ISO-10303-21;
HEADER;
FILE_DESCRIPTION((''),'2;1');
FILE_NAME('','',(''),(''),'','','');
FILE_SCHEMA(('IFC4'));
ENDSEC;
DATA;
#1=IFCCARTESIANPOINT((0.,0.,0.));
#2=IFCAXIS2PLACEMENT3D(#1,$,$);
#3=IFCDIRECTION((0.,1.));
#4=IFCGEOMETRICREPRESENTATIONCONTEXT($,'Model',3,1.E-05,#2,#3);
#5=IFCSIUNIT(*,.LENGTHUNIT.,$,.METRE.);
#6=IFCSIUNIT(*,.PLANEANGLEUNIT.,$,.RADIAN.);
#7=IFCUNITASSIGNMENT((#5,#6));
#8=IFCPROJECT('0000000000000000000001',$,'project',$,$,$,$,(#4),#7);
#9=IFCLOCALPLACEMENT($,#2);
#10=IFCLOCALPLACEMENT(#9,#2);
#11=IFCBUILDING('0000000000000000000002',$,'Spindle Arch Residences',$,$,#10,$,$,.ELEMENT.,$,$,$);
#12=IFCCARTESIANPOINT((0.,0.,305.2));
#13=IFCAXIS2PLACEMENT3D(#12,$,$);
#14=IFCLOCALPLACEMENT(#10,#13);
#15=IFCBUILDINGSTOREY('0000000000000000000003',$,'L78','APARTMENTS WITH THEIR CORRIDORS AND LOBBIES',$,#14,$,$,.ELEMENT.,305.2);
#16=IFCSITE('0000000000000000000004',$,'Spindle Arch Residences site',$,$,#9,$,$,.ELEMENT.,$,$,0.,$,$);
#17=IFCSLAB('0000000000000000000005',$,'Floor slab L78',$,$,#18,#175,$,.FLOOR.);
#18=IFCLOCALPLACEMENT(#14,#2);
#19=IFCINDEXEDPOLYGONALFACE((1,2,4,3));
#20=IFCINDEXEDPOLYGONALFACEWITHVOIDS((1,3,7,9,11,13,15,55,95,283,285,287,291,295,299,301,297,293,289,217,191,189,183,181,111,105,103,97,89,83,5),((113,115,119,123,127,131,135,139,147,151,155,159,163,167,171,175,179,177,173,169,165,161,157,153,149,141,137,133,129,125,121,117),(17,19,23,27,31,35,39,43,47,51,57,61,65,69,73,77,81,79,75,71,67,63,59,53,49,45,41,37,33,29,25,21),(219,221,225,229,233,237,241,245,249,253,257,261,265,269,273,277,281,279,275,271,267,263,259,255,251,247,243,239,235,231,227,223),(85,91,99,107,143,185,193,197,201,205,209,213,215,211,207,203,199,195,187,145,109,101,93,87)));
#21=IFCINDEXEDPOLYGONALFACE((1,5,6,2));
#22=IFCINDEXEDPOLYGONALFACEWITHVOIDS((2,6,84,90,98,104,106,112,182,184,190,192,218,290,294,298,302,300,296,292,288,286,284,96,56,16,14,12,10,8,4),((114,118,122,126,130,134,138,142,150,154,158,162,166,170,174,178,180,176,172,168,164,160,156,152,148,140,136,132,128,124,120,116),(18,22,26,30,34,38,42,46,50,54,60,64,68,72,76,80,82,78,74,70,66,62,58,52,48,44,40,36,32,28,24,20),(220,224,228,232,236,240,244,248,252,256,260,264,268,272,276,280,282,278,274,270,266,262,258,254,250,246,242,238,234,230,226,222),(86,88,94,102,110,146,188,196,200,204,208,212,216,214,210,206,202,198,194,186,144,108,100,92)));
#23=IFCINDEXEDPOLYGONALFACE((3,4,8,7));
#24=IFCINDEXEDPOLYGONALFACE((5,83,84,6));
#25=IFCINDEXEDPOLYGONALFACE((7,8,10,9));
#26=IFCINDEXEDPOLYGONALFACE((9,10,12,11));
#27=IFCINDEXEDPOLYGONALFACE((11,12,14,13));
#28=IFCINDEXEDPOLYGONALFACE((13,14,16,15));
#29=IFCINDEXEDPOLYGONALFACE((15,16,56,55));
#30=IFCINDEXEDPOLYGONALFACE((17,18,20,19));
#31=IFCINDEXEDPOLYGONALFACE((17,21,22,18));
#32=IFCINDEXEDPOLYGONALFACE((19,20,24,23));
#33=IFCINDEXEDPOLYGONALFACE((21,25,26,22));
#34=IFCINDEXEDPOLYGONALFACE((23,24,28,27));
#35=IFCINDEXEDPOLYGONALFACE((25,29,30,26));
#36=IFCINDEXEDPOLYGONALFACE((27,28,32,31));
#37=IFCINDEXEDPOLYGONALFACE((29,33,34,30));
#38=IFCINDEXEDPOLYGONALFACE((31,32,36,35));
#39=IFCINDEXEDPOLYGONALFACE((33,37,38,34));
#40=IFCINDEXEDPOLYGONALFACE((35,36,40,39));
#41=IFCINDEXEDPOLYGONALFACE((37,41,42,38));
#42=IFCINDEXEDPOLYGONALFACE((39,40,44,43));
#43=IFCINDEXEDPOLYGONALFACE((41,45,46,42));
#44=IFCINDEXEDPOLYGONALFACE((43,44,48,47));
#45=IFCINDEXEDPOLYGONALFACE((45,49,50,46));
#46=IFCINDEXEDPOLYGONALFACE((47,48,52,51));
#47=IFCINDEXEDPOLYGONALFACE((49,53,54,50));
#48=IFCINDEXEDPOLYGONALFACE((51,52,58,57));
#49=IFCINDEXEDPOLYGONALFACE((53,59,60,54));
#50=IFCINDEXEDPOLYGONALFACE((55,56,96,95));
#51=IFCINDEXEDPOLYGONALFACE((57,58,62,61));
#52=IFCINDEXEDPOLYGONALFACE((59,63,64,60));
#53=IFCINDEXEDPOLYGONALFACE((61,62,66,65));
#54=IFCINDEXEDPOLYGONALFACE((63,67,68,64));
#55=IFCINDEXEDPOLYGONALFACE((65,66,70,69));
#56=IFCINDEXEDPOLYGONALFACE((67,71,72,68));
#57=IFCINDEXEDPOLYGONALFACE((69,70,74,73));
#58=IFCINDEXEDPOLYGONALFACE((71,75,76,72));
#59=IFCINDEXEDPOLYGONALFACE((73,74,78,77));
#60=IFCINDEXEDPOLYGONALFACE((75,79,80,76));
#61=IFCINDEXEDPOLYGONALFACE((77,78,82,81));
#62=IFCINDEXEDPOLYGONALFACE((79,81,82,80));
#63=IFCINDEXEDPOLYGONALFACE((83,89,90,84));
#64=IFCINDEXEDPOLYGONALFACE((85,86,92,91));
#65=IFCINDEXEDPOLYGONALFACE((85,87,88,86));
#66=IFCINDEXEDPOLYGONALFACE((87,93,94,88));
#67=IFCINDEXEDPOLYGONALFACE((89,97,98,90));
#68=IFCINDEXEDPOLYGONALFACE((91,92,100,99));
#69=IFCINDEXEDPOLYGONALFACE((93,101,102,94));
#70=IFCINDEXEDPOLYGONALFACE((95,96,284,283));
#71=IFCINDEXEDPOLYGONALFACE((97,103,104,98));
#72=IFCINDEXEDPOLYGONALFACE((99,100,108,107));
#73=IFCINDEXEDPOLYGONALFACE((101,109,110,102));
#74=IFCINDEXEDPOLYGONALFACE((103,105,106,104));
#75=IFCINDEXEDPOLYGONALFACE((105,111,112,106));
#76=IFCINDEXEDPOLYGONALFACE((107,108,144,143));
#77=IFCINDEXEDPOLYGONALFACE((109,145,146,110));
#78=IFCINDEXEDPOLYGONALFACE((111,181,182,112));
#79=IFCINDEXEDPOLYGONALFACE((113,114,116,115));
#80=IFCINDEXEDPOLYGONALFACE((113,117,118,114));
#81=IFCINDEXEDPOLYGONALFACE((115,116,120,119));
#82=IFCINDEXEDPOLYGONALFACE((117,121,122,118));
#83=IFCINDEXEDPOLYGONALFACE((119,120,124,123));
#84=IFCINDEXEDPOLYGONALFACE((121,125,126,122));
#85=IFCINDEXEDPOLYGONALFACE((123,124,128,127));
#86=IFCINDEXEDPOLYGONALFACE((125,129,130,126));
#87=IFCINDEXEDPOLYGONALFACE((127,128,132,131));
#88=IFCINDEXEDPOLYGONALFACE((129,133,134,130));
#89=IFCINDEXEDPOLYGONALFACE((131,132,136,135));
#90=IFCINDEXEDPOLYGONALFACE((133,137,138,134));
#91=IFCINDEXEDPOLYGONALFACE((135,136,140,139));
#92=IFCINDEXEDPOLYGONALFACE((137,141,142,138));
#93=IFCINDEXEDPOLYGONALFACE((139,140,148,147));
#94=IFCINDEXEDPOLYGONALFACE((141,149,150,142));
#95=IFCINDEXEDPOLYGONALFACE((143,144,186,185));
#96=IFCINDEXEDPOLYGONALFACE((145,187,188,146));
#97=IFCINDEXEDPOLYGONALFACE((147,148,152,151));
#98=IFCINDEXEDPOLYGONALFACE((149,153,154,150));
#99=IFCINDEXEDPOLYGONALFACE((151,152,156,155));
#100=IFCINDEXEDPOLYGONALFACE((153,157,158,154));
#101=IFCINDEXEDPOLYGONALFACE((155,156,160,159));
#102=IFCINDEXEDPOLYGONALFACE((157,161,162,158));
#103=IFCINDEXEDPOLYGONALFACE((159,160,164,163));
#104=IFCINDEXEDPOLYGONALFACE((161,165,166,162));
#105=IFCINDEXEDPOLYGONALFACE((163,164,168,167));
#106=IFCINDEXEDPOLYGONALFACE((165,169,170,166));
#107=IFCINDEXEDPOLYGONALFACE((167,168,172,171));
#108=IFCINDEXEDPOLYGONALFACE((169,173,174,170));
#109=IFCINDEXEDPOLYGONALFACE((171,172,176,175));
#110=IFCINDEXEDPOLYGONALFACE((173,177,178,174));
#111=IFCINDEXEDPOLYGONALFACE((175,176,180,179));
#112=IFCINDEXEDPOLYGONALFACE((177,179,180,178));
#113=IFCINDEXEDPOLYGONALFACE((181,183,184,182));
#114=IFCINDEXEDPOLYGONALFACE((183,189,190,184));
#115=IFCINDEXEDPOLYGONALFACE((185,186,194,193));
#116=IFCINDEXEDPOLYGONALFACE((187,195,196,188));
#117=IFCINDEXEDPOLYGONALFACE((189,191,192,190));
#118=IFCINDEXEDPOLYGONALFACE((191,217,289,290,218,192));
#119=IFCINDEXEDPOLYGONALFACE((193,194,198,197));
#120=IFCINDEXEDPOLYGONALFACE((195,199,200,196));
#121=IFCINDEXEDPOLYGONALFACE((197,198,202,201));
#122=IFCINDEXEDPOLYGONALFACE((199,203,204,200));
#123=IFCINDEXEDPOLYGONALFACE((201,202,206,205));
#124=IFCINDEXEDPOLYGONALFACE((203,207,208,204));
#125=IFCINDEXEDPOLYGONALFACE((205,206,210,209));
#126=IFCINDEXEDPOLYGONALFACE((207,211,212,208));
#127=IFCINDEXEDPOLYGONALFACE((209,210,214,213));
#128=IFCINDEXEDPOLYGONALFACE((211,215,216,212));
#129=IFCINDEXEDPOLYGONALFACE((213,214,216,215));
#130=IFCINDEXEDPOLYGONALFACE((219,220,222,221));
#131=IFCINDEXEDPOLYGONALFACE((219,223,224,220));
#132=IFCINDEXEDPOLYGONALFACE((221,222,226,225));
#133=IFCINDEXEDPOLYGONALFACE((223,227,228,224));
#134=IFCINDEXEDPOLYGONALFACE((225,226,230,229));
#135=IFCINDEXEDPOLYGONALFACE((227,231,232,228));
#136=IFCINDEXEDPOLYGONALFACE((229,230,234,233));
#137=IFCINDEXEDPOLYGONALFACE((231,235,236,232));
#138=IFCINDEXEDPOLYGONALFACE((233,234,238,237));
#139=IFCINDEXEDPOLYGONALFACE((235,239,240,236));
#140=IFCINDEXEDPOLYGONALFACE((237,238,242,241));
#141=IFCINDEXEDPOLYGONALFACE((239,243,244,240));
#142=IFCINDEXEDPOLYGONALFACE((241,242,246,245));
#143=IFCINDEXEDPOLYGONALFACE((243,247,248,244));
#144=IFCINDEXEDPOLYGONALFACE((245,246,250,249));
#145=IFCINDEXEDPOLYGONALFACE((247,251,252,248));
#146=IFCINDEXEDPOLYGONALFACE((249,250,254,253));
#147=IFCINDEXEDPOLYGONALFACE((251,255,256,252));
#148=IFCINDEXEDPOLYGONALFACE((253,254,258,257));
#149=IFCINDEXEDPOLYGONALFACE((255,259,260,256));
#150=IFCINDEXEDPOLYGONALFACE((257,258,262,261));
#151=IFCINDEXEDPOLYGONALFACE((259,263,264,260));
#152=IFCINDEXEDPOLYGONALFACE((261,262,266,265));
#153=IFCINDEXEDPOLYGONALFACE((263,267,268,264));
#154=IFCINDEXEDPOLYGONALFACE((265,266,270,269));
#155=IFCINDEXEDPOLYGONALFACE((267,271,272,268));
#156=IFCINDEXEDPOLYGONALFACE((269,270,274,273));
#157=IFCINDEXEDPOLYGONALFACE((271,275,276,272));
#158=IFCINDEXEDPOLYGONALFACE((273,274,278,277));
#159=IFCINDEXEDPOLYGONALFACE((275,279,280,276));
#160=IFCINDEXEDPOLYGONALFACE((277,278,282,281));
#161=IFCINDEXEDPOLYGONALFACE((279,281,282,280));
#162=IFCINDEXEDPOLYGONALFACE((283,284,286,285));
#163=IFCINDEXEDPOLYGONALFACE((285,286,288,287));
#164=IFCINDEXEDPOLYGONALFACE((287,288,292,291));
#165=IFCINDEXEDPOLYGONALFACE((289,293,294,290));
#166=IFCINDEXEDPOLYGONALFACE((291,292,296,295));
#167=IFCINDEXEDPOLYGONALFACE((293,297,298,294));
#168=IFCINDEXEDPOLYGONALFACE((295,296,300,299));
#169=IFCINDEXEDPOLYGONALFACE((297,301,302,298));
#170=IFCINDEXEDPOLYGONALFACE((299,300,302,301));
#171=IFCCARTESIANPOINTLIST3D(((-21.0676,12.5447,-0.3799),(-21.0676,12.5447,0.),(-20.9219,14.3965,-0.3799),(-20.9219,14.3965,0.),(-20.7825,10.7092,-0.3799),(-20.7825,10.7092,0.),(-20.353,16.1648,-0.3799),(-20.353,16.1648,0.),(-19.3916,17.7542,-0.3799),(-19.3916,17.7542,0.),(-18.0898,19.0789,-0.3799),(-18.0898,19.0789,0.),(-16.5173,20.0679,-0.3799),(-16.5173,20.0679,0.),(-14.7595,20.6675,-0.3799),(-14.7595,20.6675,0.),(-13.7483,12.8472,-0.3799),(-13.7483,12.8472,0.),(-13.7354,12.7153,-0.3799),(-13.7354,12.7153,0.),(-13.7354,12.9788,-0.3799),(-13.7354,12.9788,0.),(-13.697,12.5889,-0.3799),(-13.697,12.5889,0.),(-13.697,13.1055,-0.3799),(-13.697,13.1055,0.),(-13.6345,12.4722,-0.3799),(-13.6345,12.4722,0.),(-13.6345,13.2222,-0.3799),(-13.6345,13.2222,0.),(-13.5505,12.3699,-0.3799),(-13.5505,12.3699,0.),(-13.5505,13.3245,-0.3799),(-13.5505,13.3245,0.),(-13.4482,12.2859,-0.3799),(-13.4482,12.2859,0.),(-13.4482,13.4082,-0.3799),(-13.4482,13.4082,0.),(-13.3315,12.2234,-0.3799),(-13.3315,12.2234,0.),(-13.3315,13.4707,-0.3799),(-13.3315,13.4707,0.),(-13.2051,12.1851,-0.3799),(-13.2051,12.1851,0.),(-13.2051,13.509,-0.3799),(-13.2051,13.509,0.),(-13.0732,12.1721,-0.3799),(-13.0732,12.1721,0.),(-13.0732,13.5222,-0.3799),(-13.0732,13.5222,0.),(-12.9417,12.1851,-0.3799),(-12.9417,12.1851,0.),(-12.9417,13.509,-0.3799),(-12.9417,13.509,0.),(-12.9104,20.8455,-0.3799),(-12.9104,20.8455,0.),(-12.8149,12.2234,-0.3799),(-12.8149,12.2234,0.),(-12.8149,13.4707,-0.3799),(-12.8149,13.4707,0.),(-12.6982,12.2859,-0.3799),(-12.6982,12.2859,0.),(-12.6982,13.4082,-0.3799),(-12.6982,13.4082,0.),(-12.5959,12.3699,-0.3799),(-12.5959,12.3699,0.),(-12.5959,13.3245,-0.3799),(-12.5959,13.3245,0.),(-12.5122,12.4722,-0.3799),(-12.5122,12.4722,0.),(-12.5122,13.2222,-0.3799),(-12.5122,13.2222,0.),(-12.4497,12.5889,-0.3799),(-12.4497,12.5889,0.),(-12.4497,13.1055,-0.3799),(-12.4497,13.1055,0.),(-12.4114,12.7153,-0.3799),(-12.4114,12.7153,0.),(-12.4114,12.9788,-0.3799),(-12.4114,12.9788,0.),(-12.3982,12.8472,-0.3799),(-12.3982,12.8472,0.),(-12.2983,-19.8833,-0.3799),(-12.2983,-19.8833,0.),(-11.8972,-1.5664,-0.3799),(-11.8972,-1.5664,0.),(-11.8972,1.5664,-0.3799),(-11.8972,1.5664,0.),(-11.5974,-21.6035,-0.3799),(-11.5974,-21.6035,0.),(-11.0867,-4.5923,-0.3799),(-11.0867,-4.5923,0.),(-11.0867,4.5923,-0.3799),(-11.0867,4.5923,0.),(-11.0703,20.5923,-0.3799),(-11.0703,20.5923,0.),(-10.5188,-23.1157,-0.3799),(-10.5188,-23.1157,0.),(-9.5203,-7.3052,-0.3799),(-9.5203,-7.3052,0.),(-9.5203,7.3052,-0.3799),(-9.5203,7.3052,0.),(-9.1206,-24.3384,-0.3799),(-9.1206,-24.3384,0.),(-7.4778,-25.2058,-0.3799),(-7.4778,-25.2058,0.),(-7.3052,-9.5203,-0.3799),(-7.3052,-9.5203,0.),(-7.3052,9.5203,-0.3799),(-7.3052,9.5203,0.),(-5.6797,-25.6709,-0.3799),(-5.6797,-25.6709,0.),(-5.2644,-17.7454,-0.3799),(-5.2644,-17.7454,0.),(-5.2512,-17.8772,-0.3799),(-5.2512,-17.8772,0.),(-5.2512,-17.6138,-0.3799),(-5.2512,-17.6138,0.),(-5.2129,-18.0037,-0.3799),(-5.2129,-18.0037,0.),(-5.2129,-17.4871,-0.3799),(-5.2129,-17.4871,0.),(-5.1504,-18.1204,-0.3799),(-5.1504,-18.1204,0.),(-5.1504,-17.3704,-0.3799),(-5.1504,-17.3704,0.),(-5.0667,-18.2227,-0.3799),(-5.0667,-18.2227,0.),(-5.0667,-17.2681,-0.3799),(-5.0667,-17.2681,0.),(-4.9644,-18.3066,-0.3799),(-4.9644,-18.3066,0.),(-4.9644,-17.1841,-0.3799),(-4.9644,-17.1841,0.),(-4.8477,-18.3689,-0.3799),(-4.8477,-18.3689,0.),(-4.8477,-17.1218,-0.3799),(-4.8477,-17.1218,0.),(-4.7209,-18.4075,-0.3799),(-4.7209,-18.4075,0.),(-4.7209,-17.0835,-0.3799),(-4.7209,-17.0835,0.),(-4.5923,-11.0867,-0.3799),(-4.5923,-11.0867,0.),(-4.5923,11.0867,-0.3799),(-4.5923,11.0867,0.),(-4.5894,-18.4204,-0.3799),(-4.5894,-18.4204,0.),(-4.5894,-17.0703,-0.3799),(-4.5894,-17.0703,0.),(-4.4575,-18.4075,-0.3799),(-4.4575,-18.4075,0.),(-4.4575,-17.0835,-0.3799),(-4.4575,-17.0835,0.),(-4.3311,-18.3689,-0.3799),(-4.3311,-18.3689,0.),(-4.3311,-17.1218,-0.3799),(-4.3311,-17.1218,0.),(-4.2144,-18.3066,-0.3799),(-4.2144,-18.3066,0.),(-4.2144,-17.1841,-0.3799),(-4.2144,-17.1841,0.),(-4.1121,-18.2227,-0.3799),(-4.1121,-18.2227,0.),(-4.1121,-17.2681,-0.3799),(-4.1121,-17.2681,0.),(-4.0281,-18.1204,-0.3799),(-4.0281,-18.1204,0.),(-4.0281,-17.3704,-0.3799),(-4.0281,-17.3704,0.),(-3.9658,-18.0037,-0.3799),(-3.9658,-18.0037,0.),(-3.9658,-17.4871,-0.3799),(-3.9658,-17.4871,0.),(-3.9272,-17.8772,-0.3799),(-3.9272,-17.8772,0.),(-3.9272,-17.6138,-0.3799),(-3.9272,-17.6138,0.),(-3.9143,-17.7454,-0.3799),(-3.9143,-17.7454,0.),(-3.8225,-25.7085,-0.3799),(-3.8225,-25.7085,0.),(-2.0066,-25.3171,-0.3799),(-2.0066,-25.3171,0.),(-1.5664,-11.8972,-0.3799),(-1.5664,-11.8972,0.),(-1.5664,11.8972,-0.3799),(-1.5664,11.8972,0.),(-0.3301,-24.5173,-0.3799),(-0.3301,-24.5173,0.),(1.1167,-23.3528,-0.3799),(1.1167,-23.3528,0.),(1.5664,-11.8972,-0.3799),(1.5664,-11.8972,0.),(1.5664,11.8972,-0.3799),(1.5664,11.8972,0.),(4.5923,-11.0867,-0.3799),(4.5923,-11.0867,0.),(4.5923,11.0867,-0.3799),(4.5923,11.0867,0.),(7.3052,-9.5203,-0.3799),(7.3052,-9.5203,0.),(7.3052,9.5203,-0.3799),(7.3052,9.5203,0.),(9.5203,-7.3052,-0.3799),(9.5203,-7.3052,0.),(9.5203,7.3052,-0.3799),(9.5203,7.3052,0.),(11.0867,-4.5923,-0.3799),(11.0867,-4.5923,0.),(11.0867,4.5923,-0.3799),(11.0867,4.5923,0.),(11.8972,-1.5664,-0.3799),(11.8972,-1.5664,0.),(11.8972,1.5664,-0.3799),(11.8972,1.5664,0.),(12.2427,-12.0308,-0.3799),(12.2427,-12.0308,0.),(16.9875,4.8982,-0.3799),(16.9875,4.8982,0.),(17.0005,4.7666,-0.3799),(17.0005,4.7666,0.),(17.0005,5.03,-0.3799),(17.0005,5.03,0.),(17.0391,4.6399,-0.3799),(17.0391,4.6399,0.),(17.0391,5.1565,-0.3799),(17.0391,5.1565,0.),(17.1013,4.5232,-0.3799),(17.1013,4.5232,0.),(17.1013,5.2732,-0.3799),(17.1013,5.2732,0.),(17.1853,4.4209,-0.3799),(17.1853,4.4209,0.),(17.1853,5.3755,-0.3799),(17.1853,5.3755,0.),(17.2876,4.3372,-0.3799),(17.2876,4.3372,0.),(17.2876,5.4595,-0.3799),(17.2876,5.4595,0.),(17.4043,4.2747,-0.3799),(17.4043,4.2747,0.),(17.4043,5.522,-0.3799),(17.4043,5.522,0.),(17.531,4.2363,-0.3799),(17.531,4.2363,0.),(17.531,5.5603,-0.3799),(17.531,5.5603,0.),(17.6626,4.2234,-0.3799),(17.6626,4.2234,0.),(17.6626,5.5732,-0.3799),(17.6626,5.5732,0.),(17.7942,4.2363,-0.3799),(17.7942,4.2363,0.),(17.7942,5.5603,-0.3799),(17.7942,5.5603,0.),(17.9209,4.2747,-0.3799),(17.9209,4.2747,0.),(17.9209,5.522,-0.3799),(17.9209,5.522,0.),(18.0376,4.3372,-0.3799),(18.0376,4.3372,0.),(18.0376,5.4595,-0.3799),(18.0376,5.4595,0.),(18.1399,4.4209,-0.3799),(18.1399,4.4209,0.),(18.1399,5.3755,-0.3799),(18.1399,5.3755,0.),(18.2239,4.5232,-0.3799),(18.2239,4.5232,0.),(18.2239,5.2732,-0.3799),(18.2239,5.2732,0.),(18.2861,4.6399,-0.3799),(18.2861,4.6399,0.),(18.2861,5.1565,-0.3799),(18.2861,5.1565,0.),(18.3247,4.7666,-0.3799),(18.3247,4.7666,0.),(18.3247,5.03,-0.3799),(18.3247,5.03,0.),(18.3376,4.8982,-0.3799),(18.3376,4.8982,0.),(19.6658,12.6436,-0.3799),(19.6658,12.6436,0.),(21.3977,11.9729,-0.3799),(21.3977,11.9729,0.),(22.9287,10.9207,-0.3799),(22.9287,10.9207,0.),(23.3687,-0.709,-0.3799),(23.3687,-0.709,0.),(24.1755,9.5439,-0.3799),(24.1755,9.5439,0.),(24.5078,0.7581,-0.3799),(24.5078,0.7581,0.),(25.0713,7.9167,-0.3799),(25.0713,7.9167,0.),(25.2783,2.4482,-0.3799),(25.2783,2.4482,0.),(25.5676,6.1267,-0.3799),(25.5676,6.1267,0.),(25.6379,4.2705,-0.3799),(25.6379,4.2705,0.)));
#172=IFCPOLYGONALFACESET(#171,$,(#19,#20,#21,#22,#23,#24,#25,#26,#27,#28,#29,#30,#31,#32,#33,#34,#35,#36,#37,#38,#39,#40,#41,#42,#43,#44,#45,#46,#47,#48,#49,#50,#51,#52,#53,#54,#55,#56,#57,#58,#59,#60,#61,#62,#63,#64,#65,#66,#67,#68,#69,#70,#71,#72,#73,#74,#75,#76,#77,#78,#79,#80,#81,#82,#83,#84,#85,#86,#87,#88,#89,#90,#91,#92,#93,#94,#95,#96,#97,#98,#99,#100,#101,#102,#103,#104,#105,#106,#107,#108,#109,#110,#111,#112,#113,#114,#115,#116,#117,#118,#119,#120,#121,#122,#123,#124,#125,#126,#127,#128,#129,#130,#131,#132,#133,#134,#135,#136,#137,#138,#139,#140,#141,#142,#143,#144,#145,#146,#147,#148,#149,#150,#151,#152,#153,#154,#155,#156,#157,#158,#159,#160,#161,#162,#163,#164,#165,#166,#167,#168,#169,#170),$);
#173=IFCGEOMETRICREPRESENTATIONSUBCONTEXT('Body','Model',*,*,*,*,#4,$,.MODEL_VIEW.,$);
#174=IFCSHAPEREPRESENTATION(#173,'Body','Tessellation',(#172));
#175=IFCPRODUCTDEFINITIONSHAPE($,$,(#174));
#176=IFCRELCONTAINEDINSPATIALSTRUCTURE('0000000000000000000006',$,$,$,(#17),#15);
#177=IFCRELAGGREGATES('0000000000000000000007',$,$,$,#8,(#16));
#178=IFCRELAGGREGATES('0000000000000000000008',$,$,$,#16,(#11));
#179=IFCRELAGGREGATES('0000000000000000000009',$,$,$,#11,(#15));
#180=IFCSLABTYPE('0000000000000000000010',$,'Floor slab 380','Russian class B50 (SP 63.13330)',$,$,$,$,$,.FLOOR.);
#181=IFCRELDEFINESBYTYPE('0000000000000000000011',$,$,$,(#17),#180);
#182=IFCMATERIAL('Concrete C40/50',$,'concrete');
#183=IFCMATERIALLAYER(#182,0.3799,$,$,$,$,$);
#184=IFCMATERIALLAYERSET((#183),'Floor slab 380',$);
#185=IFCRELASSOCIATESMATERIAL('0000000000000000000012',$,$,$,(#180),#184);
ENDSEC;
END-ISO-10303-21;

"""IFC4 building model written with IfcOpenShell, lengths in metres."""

from ifc_helpers import new_model, si_unit, direction, frame, origin, place, context, subcontext, project, spatial, polyline, outline, extrude, material, layer, layer_set, type_object, element, save


model = new_model("IFC4")

# Units and contexts
model_context = context("Model", 3, precision=1e-05, world=origin(), true_north=direction((0.0, 1.0)))
body_context = subcontext(model_context, "Body", "Model", "MODEL_VIEW")
ifc_project = project(units=[si_unit("LENGTHUNIT", "METRE"), si_unit("PLANEANGLEUNIT", "RADIAN")], contexts=[model_context])

# Site, building, storey
site_placement = place(None, origin())
site = spatial("IfcSite", under=ifc_project, at=site_placement, Name="Spindle Arch Residences site", CompositionType="ELEMENT", RefElevation=0.0)
building_placement = place(site_placement, origin())
building = spatial("IfcBuilding", under=site, at=building_placement, Name="Spindle Arch Residences", CompositionType="ELEMENT")
storey_placement = place(building_placement, frame((0.0, 0.0, 305.2)))
storey = spatial("IfcBuildingStorey", under=building, at=storey_placement, Name="L78", Description="APARTMENTS WITH THEIR CORRIDORS AND LOBBIES", CompositionType="ELEMENT", Elevation=305.2)

# Slab
ifc_material_1 = material(Name="Concrete C40/50", Category="concrete")
ifc_layer_1 = layer(ifc_material_1, 0.3799)
ifc_layer_set_1 = layer_set([ifc_layer_1], Name="Floor slab 380")
slab_type_1 = type_object("IfcSlabType", Name="Floor slab 380", Description="Russian class B50 (SP 63.13330)", PredefinedType="FLOOR", material=ifc_layer_set_1)
slab_1_placement = place(storey_placement, frame((0.0, 0.0, -0.3799)))
element("IfcSlab", 1, at=slab_1_placement, inside=storey, type_object=slab_type_1, Name="Floor slab L78", PredefinedType="FLOOR", context=body_context, shape_type="SweptSolid", body=[
    extrude(outline(polyline([(-0.3301, -24.5173), (-2.0066, -25.3171), (-3.8225, -25.7085), (-5.6797, -25.6709), (-7.4778, -25.2058), (-9.1206, -24.3384), (-10.5188, -23.1157), (-11.5974, -21.6035), (-12.2983, -19.8833), (-20.7825, 10.7092), (-21.0676, 12.5447), (-20.9219, 14.3965), (-20.353, 16.1648), (-19.3916, 17.7542), (-18.0898, 19.0789), (-16.5173, 20.0679), (-14.7595, 20.6675), (-12.9104, 20.8455), (-11.0703, 20.5923), (19.6658, 12.6436), (21.3977, 11.9729), (22.9287, 10.9207), (24.1755, 9.5439), (25.0713, 7.9167), (25.5676, 6.1267), (25.6379, 4.2705), (25.2783, 2.4482), (24.5078, 0.7581), (23.3687, -0.709), (12.2427, -12.0308), (1.1167, -23.3528), (-0.3301, -24.5173)]), holes=[polyline([(7.3052, -9.5203), (9.5203, -7.3052), (11.0867, -4.5923), (11.8972, -1.5664), (11.8972, 1.5664), (11.0867, 4.5923), (9.5203, 7.3052), (7.3052, 9.5203), (4.5923, 11.0867), (1.5664, 11.8972), (-1.5664, 11.8972), (-4.5923, 11.0867), (-7.3052, 9.5203), (-9.5203, 7.3052), (-11.0867, 4.5923), (-11.8972, 1.5664), (-11.8972, -1.5664), (-11.0867, -4.5923), (-9.5203, -7.3052), (-7.3052, -9.5203), (-4.5923, -11.0867), (-1.5664, -11.8972), (1.5664, -11.8972), (4.5923, -11.0867), (7.3052, -9.5203)]), polyline([(-4.0281, -18.1204), (-3.9658, -18.0037), (-3.9272, -17.8772), (-3.9143, -17.7454), (-3.9272, -17.6138), (-3.9658, -17.4871), (-4.0281, -17.3704), (-4.1121, -17.2681), (-4.2144, -17.1841), (-4.3311, -17.1218), (-4.4575, -17.0835), (-4.5894, -17.0703), (-4.7209, -17.0835), (-4.8477, -17.1218), (-4.9644, -17.1841), (-5.0667, -17.2681), (-5.1504, -17.3704), (-5.2129, -17.4871), (-5.2512, -17.6138), (-5.2644, -17.7454), (-5.2512, -17.8772), (-5.2129, -18.0037), (-5.1504, -18.1204), (-5.0667, -18.2227), (-4.9644, -18.3066), (-4.8477, -18.3689), (-4.7209, -18.4075), (-4.5894, -18.4204), (-4.4575, -18.4075), (-4.3311, -18.3689), (-4.2144, -18.3066), (-4.1121, -18.2227), (-4.0281, -18.1204)]), polyline([(-12.5959, 12.3699), (-12.5122, 12.4722), (-12.4497, 12.5889), (-12.4114, 12.7153), (-12.3982, 12.8472), (-12.4114, 12.9788), (-12.4497, 13.1055), (-12.5122, 13.2222), (-12.5959, 13.3245), (-12.6982, 13.4082), (-12.8149, 13.4707), (-12.9417, 13.509), (-13.0732, 13.5222), (-13.2051, 13.509), (-13.3315, 13.4707), (-13.4482, 13.4082), (-13.5505, 13.3245), (-13.6345, 13.2222), (-13.697, 13.1055), (-13.7354, 12.9788), (-13.7483, 12.8472), (-13.7354, 12.7153), (-13.697, 12.5889), (-13.6345, 12.4722), (-13.5505, 12.3699), (-13.4482, 12.2859), (-13.3315, 12.2234), (-13.2051, 12.1851), (-13.0732, 12.1721), (-12.9417, 12.1851), (-12.8149, 12.2234), (-12.6982, 12.2859), (-12.5959, 12.3699)]), polyline([(18.1399, 4.4209), (18.2239, 4.5232), (18.2861, 4.6399), (18.3247, 4.7666), (18.3376, 4.8982), (18.3247, 5.03), (18.2861, 5.1565), (18.2239, 5.2732), (18.1399, 5.3755), (18.0376, 5.4595), (17.9209, 5.522), (17.7942, 5.5603), (17.6626, 5.5732), (17.531, 5.5603), (17.4043, 5.522), (17.2876, 5.4595), (17.1853, 5.3755), (17.1013, 5.2732), (17.0391, 5.1565), (17.0005, 5.03), (16.9875, 4.8982), (17.0005, 4.7666), (17.0391, 4.6399), (17.1013, 4.5232), (17.1853, 4.4209), (17.2876, 4.3372), (17.4043, 4.2747), (17.531, 4.2363), (17.6626, 4.2234), (17.7942, 4.2363), (17.9209, 4.2747), (18.0376, 4.3372), (18.1399, 4.4209)])]), origin(), (0.0, 0.0, 1.0), 0.3799),
])

save(model, "model.ifc")
